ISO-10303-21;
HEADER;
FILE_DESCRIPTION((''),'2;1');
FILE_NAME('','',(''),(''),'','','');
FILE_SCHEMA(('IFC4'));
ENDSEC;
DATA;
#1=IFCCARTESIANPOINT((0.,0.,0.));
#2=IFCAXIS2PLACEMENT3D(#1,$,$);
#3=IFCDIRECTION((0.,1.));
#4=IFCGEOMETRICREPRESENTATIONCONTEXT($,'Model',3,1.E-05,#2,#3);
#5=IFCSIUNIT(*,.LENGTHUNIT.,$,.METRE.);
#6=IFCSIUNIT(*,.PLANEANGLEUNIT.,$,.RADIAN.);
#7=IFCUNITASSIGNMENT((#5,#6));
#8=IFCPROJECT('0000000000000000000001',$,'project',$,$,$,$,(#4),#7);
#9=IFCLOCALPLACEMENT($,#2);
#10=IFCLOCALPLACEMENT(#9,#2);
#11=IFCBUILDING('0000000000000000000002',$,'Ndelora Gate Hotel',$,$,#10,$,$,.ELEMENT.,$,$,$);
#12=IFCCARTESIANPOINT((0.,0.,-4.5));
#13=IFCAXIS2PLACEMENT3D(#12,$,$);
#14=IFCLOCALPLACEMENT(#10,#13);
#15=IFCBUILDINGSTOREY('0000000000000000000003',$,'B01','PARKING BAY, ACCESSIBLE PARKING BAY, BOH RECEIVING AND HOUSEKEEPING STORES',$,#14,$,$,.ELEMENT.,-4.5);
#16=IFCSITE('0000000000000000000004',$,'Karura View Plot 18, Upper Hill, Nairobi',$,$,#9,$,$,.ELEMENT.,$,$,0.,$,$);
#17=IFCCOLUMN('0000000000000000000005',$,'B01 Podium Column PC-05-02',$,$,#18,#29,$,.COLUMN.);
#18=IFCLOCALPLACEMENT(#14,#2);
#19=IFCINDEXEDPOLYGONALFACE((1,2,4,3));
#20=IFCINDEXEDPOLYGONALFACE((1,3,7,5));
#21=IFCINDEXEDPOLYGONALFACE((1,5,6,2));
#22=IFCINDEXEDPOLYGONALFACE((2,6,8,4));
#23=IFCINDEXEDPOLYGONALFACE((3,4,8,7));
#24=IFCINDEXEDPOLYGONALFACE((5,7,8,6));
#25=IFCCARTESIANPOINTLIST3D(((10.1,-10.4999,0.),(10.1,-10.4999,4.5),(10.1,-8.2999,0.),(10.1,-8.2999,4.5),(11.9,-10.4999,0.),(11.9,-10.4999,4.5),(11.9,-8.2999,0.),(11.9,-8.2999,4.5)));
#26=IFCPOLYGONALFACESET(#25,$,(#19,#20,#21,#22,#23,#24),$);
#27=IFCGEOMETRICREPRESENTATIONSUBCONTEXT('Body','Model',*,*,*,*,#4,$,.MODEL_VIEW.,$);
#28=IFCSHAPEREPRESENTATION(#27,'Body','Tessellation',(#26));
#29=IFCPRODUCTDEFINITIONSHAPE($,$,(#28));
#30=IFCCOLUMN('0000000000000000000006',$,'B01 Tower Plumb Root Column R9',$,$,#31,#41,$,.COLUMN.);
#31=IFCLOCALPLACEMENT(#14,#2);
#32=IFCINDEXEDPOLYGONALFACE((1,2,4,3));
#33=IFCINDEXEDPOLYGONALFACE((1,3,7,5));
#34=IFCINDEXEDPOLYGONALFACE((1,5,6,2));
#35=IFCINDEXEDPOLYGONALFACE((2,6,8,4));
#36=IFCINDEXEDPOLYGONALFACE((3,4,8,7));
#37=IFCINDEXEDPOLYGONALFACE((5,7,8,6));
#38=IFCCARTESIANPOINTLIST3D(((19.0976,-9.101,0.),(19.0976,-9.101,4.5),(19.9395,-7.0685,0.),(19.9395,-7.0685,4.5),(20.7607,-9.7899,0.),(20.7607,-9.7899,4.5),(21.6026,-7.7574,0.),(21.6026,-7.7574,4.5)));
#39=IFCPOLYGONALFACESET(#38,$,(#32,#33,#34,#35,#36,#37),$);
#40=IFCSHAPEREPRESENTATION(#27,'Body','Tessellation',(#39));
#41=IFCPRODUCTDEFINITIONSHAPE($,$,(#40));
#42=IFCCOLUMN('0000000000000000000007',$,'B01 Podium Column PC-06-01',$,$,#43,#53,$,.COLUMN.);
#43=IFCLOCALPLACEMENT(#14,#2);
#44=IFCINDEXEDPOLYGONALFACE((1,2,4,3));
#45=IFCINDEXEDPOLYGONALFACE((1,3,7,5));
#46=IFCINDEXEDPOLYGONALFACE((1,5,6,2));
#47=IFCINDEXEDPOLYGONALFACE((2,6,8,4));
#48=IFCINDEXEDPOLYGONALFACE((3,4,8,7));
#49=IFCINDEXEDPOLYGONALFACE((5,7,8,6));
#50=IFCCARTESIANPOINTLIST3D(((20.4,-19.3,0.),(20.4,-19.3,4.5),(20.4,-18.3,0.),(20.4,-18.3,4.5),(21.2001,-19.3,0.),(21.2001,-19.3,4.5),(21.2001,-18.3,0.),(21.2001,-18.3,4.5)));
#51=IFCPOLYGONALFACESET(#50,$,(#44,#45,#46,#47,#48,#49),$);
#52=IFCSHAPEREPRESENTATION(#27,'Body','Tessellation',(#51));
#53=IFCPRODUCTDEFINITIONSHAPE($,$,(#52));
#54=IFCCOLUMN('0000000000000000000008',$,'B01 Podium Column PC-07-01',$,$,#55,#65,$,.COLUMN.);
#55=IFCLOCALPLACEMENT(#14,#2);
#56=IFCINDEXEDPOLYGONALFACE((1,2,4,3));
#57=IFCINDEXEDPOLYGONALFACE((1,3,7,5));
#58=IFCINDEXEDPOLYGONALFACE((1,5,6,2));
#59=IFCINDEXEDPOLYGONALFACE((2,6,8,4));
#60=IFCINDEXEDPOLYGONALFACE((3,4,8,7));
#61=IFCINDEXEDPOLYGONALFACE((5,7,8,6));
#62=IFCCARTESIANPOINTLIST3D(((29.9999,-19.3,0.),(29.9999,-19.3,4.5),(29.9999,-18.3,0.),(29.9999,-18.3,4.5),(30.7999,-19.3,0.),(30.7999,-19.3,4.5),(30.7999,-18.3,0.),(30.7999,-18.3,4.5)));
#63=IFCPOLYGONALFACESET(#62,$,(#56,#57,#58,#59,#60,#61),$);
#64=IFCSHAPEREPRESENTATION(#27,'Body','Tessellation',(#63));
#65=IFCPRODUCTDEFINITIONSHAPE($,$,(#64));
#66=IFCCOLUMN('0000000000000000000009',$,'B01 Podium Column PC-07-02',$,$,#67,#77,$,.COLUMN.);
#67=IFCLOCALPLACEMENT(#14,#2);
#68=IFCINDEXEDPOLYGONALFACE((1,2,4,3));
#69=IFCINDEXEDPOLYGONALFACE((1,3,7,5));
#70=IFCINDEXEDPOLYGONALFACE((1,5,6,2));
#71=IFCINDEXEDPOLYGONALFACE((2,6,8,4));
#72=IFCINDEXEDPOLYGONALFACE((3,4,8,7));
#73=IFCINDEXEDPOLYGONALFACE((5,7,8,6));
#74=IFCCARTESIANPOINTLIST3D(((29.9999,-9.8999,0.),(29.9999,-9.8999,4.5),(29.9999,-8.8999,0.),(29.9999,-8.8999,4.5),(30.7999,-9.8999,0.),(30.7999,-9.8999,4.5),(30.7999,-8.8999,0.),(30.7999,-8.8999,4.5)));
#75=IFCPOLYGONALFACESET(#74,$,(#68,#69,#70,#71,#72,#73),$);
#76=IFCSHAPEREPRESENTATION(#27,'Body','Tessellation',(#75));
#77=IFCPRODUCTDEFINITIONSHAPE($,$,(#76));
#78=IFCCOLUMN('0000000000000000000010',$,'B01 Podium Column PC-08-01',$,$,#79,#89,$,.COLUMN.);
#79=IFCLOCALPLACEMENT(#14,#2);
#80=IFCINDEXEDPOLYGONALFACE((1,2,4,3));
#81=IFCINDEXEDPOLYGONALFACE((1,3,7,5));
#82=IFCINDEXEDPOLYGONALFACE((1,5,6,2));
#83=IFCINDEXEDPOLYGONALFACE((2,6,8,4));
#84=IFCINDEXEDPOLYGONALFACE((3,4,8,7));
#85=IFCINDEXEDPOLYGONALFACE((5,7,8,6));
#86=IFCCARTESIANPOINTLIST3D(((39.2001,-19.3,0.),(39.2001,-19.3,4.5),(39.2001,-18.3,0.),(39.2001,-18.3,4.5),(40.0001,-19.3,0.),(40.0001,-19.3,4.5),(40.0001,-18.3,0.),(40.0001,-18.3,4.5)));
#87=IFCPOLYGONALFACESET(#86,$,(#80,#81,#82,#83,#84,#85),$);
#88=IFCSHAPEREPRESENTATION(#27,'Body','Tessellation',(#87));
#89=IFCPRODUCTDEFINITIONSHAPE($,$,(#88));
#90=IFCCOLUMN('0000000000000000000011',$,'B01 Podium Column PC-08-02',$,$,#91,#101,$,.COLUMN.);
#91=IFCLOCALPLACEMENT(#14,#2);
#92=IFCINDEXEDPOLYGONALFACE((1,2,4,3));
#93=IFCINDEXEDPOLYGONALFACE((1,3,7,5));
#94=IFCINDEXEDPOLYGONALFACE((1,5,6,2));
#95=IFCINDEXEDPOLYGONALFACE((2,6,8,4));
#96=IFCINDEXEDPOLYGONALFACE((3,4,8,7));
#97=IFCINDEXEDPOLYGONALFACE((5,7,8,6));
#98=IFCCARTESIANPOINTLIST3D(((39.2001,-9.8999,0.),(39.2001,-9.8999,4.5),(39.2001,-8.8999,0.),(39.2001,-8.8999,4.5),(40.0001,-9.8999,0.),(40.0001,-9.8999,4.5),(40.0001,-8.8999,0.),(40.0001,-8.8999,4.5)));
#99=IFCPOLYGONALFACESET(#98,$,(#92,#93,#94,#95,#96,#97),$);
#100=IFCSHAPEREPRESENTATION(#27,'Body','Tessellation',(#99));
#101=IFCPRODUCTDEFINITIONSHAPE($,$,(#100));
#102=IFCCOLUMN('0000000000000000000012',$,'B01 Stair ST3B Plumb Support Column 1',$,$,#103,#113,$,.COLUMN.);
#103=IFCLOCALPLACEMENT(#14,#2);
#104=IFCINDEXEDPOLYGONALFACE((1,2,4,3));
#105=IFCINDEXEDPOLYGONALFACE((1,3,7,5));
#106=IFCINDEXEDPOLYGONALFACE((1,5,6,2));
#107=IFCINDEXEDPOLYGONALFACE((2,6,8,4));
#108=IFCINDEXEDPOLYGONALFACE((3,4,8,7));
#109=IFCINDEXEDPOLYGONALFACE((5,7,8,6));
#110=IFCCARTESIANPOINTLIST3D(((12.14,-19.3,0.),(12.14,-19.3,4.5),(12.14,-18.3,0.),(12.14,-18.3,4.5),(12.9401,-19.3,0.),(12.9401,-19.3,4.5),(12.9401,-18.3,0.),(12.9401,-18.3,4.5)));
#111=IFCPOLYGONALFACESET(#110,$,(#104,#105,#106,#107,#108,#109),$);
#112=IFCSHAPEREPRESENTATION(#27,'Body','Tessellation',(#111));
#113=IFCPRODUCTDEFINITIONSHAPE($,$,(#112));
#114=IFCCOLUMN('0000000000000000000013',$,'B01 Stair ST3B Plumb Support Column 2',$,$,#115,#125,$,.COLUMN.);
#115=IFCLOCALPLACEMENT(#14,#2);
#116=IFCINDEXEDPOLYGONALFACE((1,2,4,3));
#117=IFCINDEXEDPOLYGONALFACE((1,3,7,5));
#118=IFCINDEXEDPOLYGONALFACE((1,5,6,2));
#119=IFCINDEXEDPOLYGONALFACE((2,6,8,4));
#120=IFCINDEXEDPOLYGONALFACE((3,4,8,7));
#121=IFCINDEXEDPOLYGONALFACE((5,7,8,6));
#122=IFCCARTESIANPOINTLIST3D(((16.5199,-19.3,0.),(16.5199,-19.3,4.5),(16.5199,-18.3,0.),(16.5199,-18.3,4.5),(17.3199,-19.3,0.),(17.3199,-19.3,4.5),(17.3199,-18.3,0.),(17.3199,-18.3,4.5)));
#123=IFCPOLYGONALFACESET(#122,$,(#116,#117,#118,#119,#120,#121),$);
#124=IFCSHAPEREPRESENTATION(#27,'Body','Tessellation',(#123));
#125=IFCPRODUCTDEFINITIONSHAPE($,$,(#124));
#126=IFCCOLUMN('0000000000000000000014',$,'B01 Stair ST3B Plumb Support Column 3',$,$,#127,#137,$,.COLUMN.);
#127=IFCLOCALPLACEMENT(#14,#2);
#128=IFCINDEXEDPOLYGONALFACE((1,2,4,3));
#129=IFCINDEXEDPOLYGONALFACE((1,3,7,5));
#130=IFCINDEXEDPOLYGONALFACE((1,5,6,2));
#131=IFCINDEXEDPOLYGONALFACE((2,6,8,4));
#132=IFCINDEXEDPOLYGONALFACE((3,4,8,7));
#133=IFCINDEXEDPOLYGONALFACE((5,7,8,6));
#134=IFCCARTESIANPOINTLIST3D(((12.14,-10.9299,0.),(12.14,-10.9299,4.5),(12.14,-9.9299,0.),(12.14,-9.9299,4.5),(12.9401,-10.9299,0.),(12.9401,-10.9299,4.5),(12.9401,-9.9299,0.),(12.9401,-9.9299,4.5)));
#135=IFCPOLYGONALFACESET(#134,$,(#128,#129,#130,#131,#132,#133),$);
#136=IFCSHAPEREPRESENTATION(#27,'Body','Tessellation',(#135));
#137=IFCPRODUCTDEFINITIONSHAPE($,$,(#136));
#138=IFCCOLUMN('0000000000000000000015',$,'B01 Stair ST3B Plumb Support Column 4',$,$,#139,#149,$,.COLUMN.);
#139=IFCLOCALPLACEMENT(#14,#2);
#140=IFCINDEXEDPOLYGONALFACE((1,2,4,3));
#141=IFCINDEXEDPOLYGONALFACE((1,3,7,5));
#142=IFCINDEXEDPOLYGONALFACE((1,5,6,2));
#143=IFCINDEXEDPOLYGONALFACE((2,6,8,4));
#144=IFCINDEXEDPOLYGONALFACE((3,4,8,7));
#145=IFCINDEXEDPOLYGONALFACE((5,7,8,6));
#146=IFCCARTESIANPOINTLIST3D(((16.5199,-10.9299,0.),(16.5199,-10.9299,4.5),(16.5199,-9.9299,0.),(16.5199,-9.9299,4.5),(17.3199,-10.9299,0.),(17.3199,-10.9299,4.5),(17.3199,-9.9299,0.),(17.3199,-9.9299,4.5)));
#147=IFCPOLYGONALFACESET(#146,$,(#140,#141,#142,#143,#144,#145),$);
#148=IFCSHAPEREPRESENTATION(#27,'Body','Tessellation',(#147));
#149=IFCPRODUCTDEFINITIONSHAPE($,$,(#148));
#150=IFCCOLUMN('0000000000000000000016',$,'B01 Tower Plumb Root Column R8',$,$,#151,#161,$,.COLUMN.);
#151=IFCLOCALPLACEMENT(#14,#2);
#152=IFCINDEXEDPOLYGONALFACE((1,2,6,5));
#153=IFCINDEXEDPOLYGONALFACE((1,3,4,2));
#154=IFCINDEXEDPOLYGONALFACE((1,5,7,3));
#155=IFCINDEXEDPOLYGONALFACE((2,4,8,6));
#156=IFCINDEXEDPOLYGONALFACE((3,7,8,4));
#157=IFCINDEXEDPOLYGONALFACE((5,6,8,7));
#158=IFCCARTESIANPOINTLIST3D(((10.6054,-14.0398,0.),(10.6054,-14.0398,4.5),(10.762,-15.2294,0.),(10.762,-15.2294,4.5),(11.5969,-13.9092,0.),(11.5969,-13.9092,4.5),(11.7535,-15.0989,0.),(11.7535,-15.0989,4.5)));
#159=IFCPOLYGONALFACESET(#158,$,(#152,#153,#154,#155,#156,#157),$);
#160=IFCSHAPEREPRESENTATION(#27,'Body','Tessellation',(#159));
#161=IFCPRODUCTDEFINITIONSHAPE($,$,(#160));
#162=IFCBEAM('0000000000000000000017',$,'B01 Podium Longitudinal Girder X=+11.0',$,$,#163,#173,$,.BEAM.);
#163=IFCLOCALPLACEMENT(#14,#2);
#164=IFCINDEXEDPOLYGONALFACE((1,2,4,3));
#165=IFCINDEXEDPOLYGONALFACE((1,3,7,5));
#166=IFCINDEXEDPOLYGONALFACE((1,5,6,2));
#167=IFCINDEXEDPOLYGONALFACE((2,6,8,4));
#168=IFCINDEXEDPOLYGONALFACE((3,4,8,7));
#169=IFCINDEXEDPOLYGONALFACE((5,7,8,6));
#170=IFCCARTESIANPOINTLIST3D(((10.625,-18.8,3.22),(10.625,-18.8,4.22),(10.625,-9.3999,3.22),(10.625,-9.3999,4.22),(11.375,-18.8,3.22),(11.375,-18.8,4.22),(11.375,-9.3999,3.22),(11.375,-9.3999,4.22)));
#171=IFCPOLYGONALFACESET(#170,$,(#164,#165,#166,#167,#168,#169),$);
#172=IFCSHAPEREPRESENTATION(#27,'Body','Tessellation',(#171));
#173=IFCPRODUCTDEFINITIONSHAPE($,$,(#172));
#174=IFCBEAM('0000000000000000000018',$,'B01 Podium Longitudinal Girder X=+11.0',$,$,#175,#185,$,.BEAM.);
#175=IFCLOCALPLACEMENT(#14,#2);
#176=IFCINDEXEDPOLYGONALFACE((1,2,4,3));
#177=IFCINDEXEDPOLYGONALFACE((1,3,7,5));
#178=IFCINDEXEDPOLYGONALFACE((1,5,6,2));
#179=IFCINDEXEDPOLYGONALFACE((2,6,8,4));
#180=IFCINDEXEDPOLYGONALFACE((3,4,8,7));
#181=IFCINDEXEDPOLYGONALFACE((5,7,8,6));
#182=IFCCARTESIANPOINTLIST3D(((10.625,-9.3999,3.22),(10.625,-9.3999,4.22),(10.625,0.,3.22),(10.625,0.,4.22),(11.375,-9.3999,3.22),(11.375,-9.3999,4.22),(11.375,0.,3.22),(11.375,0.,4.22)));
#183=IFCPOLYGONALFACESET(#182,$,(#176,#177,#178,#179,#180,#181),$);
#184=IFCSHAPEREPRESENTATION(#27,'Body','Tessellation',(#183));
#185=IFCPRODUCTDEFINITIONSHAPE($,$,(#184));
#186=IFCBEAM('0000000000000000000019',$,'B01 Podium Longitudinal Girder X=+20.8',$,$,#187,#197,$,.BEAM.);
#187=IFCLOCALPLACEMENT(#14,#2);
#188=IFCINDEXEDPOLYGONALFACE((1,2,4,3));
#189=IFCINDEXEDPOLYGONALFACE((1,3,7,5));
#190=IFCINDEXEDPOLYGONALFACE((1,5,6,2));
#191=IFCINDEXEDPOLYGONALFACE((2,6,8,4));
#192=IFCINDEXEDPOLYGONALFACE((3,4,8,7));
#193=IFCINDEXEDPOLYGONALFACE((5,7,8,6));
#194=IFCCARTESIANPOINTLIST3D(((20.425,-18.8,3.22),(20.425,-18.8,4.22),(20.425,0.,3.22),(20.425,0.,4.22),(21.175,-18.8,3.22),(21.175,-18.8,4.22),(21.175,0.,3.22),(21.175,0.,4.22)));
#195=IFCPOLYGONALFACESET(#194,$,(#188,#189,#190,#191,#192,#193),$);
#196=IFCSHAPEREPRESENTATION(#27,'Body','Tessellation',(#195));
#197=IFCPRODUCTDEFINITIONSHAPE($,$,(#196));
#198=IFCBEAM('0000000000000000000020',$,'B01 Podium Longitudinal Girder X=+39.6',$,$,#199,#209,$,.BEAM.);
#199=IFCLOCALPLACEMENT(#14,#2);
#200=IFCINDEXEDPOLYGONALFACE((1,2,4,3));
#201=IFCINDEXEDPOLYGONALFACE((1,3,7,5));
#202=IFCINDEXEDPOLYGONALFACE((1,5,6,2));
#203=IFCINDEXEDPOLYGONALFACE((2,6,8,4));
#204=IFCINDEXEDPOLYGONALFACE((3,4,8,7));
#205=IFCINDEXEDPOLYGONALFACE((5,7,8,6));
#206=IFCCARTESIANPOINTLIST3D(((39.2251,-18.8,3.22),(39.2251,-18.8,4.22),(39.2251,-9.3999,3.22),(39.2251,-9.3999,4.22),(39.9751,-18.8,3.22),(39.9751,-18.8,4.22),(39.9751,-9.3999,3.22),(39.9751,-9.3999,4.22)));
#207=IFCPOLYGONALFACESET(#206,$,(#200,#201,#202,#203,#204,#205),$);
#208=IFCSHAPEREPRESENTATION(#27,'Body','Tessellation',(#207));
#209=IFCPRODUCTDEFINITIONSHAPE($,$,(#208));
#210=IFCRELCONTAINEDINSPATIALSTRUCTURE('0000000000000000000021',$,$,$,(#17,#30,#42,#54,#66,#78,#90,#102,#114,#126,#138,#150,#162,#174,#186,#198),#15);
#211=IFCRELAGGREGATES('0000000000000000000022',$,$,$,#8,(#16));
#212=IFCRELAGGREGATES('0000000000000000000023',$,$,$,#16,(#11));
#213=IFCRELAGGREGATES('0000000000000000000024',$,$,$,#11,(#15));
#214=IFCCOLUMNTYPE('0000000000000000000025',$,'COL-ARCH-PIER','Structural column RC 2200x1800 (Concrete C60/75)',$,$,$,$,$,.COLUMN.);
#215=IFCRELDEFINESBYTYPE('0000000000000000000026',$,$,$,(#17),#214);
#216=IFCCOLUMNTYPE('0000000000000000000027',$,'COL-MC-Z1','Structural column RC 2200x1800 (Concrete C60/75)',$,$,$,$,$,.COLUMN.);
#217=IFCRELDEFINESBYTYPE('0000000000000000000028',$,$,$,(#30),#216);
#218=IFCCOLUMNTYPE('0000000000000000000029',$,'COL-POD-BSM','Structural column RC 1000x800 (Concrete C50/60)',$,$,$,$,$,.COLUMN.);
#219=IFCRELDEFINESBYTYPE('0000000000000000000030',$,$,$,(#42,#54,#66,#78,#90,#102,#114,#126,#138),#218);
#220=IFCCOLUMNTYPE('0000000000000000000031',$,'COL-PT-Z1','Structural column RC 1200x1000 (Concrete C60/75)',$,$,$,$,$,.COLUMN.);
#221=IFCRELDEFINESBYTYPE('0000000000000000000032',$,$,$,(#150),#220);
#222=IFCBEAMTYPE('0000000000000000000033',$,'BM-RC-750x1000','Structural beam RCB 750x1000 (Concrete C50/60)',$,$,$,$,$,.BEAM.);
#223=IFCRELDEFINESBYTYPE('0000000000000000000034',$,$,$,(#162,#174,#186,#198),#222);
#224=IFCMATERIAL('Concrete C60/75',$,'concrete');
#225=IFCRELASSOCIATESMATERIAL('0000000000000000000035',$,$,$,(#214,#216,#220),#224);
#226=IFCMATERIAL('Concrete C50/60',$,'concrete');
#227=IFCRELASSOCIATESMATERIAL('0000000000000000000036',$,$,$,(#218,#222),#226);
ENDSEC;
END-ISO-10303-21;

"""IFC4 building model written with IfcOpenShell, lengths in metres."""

from ifc_helpers import new_model, si_unit, direction, frame, origin, origin_2d, place, context, subcontext, project, spatial, rectangle, extrude, material, material_profile, profile_set, type_object, element, save


model = new_model("IFC4")

# Units and contexts
model_context = context("Model", 3, precision=1e-05, world=origin(), true_north=direction((0.0, 1.0)))
body_context = subcontext(model_context, "Body", "Model", "MODEL_VIEW")
ifc_project = project(units=[si_unit("LENGTHUNIT", "METRE"), si_unit("PLANEANGLEUNIT", "RADIAN")], contexts=[model_context])

# Site, building, storey
site_placement = place(None, origin())
site = spatial("IfcSite", under=ifc_project, at=site_placement, Name="Karura View Plot 18, Upper Hill, Nairobi", CompositionType="ELEMENT", RefElevation=0.0)
building_placement = place(site_placement, origin())
building = spatial("IfcBuilding", under=site, at=building_placement, Name="Ndelora Gate Hotel", CompositionType="ELEMENT")
storey_placement = place(building_placement, frame((0.0, 0.0, -4.5)))
storey = spatial("IfcBuildingStorey", under=building, at=storey_placement, Name="B01", Description="PARKING BAY, ACCESSIBLE PARKING BAY, BOH RECEIVING AND HOUSEKEEPING STORES", CompositionType="ELEMENT", Elevation=-4.5)

# Columns
ifc_material_1 = material(Name="Concrete C60/75", Category="concrete")
ifc_material_profile_1 = material_profile(ifc_material_1, rectangle(XDim=1.8, YDim=2.2, at=origin_2d()), Name="RC 2200x1800")
ifc_profile_set_1 = profile_set([ifc_material_profile_1], Name="Concrete C60/75")
column_type_1 = type_object("IfcColumnType", Name="COL-ARCH-PIER", Description="Structural column RC 2200x1800 (Concrete C60/75)", PredefinedType="COLUMN", material=ifc_profile_set_1)
column_1_placement = place(storey_placement, frame((11.0, -9.3999, 0.0), z_axis=(0.0, 0.0, 1.0), x_axis=(1.0, 0.0, 0.0)))
element("IfcColumn", 1, at=column_1_placement, inside=storey, type_object=column_type_1, Name="B01 Podium Column PC-05-02", PredefinedType="COLUMN", context=body_context, shape_type="SweptSolid", body=[
    extrude(rectangle(XDim=1.8, YDim=2.2, at=origin_2d()), origin(), (0.0, 0.0, 1.0), 4.5),
])
ifc_material_profile_2 = material_profile(ifc_material_1, rectangle(XDim=1.8, YDim=2.2, at=origin_2d()), Name="RC 2200x1800")
ifc_profile_set_2 = profile_set([ifc_material_profile_2], Name="Concrete C60/75")
column_type_2 = type_object("IfcColumnType", Name="COL-MC-Z1", Description="Structural column RC 2200x1800 (Concrete C60/75)", PredefinedType="COLUMN", material=ifc_profile_set_2)
column_2_placement = place(storey_placement, frame((20.3501, -8.4292, 0.0), z_axis=(0.0, 0.0, 1.0), x_axis=(-0.92388, 0.382683, 0.0)))
element("IfcColumn", 2, at=column_2_placement, inside=storey, type_object=column_type_2, Name="B01 Tower Plumb Root Column R9", PredefinedType="COLUMN", context=body_context, shape_type="SweptSolid", body=[
    extrude(rectangle(XDim=1.8, YDim=2.2, at=origin_2d()), origin(), (0.0, 0.0, 1.0), 4.5),
])
ifc_material_2 = material(Name="Concrete C50/60", Category="concrete")
ifc_material_profile_3 = material_profile(ifc_material_2, rectangle(XDim=0.8, YDim=1.0, at=origin_2d()), Name="RC 1000x800")
ifc_profile_set_3 = profile_set([ifc_material_profile_3], Name="Concrete C50/60")
column_type_3 = type_object("IfcColumnType", Name="COL-POD-BSM", Description="Structural column RC 1000x800 (Concrete C50/60)", PredefinedType="COLUMN", material=ifc_profile_set_3)
for number, where, z_axis, x_axis, name in (
    (3, (20.8, -18.8, 0.0), (0.0, 0.0, 1.0), (1.0, 0.0, 0.0), "B01 Podium Column PC-06-01"),
    (4, (30.3999, -18.8, 0.0), (0.0, 0.0, 1.0), (1.0, 0.0, 0.0), "B01 Podium Column PC-07-01"),
    (5, (30.3999, -9.3999, 0.0), (0.0, 0.0, 1.0), (1.0, 0.0, 0.0), "B01 Podium Column PC-07-02"),
    (6, (39.6001, -18.8, 0.0), (0.0, 0.0, 1.0), (1.0, 0.0, 0.0), "B01 Podium Column PC-08-01"),
    (7, (39.6001, -9.3999, 0.0), (0.0, 0.0, 1.0), (1.0, 0.0, 0.0), "B01 Podium Column PC-08-02"),
    (8, (12.54, -18.8, 0.0), (0.0, 0.0, 1.0), (1.0, 0.0, 0.0), "B01 Stair ST3B Plumb Support Column 1"),
    (9, (16.9199, -18.8, 0.0), (0.0, 0.0, 1.0), (1.0, 0.0, 0.0), "B01 Stair ST3B Plumb Support Column 2"),
    (10, (12.54, -10.4299, 0.0), (0.0, 0.0, 1.0), (1.0, 0.0, 0.0), "B01 Stair ST3B Plumb Support Column 3"),
    (11, (16.9199, -10.4299, 0.0), (0.0, 0.0, 1.0), (1.0, 0.0, 0.0), "B01 Stair ST3B Plumb Support Column 4"),
):
    element("IfcColumn", number, at=place(storey_placement, frame(where, z_axis=z_axis, x_axis=x_axis)), inside=storey, type_object=column_type_3, Name=name, PredefinedType="COLUMN", context=body_context, shape_type="SweptSolid", body=[
        extrude(rectangle(XDim=0.8, YDim=1.0, at=origin_2d()), origin(), (0.0, 0.0, 1.0), 4.5),
    ])
ifc_material_profile_4 = material_profile(ifc_material_1, rectangle(XDim=1.0, YDim=1.2, at=origin_2d()), Name="RC 1200x1000")
ifc_profile_set_4 = profile_set([ifc_material_profile_4], Name="Concrete C60/75")
column_type_4 = type_object("IfcColumnType", Name="COL-PT-Z1", Description="Structural column RC 1200x1000 (Concrete C60/75)", PredefinedType="COLUMN", material=ifc_profile_set_4)
column_3_placement = place(storey_placement, frame((11.1794, -14.5693, 0.0), z_axis=(0.0, 0.0, 1.0), x_axis=(0.991445, 0.130526, 0.0)))
element("IfcColumn", 12, at=column_3_placement, inside=storey, type_object=column_type_4, Name="B01 Tower Plumb Root Column R8", PredefinedType="COLUMN", context=body_context, shape_type="SweptSolid", body=[
    extrude(rectangle(XDim=1.0, YDim=1.2, at=origin_2d()), origin(), (0.0, 0.0, 1.0), 4.5),
])

# Beams
ifc_material_profile_5 = material_profile(ifc_material_2, rectangle(XDim=0.75, YDim=1.0, at=origin_2d()), Name="RCB 750x1000")
ifc_profile_set_5 = profile_set([ifc_material_profile_5], Name="Concrete C50/60")
beam_type_1 = type_object("IfcBeamType", Name="BM-RC-750x1000", Description="Structural beam RCB 750x1000 (Concrete C50/60)", PredefinedType="BEAM", material=ifc_profile_set_5)
beam_1_placement = place(storey_placement, frame((11.0, -18.8, 3.72), z_axis=(0.0, 1.0, 0.0), x_axis=(-1.0, 0.0, 0.0)))
element("IfcBeam", 13, at=beam_1_placement, inside=storey, type_object=beam_type_1, Name="B01 Podium Longitudinal Girder X=+11.0", PredefinedType="BEAM", context=body_context, shape_type="SweptSolid", body=[
    extrude(rectangle(XDim=0.75, YDim=1.0, at=origin_2d()), origin(), (0.0, 0.0, 1.0), 9.4001),
])
beam_2_placement = place(storey_placement, frame((11.0, -9.3999, 3.72), z_axis=(0.0, 1.0, 0.0), x_axis=(-1.0, 0.0, 0.0)))
element("IfcBeam", 14, at=beam_2_placement, inside=storey, type_object=beam_type_1, Name="B01 Podium Longitudinal Girder X=+11.0", PredefinedType="BEAM", context=body_context, shape_type="SweptSolid", body=[
    extrude(rectangle(XDim=0.75, YDim=1.0, at=origin_2d()), origin(), (0.0, 0.0, 1.0), 9.3999),
])
beam_3_placement = place(storey_placement, frame((20.8, -18.8, 3.72), z_axis=(0.0, 1.0, 0.0), x_axis=(-1.0, 0.0, 0.0)))
element("IfcBeam", 15, at=beam_3_placement, inside=storey, type_object=beam_type_1, Name="B01 Podium Longitudinal Girder X=+20.8", PredefinedType="BEAM", context=body_context, shape_type="SweptSolid", body=[
    extrude(rectangle(XDim=0.75, YDim=1.0, at=origin_2d()), origin(), (0.0, 0.0, 1.0), 18.8),
])
beam_4_placement = place(storey_placement, frame((39.6001, -18.8, 3.72), z_axis=(0.0, 1.0, 0.0), x_axis=(-1.0, 0.0, 0.0)))
element("IfcBeam", 16, at=beam_4_placement, inside=storey, type_object=beam_type_1, Name="B01 Podium Longitudinal Girder X=+39.6", PredefinedType="BEAM", context=body_context, shape_type="SweptSolid", body=[
    extrude(rectangle(XDim=0.75, YDim=1.0, at=origin_2d()), origin(), (0.0, 0.0, 1.0), 9.4001),
])

save(model, "model.ifc")
